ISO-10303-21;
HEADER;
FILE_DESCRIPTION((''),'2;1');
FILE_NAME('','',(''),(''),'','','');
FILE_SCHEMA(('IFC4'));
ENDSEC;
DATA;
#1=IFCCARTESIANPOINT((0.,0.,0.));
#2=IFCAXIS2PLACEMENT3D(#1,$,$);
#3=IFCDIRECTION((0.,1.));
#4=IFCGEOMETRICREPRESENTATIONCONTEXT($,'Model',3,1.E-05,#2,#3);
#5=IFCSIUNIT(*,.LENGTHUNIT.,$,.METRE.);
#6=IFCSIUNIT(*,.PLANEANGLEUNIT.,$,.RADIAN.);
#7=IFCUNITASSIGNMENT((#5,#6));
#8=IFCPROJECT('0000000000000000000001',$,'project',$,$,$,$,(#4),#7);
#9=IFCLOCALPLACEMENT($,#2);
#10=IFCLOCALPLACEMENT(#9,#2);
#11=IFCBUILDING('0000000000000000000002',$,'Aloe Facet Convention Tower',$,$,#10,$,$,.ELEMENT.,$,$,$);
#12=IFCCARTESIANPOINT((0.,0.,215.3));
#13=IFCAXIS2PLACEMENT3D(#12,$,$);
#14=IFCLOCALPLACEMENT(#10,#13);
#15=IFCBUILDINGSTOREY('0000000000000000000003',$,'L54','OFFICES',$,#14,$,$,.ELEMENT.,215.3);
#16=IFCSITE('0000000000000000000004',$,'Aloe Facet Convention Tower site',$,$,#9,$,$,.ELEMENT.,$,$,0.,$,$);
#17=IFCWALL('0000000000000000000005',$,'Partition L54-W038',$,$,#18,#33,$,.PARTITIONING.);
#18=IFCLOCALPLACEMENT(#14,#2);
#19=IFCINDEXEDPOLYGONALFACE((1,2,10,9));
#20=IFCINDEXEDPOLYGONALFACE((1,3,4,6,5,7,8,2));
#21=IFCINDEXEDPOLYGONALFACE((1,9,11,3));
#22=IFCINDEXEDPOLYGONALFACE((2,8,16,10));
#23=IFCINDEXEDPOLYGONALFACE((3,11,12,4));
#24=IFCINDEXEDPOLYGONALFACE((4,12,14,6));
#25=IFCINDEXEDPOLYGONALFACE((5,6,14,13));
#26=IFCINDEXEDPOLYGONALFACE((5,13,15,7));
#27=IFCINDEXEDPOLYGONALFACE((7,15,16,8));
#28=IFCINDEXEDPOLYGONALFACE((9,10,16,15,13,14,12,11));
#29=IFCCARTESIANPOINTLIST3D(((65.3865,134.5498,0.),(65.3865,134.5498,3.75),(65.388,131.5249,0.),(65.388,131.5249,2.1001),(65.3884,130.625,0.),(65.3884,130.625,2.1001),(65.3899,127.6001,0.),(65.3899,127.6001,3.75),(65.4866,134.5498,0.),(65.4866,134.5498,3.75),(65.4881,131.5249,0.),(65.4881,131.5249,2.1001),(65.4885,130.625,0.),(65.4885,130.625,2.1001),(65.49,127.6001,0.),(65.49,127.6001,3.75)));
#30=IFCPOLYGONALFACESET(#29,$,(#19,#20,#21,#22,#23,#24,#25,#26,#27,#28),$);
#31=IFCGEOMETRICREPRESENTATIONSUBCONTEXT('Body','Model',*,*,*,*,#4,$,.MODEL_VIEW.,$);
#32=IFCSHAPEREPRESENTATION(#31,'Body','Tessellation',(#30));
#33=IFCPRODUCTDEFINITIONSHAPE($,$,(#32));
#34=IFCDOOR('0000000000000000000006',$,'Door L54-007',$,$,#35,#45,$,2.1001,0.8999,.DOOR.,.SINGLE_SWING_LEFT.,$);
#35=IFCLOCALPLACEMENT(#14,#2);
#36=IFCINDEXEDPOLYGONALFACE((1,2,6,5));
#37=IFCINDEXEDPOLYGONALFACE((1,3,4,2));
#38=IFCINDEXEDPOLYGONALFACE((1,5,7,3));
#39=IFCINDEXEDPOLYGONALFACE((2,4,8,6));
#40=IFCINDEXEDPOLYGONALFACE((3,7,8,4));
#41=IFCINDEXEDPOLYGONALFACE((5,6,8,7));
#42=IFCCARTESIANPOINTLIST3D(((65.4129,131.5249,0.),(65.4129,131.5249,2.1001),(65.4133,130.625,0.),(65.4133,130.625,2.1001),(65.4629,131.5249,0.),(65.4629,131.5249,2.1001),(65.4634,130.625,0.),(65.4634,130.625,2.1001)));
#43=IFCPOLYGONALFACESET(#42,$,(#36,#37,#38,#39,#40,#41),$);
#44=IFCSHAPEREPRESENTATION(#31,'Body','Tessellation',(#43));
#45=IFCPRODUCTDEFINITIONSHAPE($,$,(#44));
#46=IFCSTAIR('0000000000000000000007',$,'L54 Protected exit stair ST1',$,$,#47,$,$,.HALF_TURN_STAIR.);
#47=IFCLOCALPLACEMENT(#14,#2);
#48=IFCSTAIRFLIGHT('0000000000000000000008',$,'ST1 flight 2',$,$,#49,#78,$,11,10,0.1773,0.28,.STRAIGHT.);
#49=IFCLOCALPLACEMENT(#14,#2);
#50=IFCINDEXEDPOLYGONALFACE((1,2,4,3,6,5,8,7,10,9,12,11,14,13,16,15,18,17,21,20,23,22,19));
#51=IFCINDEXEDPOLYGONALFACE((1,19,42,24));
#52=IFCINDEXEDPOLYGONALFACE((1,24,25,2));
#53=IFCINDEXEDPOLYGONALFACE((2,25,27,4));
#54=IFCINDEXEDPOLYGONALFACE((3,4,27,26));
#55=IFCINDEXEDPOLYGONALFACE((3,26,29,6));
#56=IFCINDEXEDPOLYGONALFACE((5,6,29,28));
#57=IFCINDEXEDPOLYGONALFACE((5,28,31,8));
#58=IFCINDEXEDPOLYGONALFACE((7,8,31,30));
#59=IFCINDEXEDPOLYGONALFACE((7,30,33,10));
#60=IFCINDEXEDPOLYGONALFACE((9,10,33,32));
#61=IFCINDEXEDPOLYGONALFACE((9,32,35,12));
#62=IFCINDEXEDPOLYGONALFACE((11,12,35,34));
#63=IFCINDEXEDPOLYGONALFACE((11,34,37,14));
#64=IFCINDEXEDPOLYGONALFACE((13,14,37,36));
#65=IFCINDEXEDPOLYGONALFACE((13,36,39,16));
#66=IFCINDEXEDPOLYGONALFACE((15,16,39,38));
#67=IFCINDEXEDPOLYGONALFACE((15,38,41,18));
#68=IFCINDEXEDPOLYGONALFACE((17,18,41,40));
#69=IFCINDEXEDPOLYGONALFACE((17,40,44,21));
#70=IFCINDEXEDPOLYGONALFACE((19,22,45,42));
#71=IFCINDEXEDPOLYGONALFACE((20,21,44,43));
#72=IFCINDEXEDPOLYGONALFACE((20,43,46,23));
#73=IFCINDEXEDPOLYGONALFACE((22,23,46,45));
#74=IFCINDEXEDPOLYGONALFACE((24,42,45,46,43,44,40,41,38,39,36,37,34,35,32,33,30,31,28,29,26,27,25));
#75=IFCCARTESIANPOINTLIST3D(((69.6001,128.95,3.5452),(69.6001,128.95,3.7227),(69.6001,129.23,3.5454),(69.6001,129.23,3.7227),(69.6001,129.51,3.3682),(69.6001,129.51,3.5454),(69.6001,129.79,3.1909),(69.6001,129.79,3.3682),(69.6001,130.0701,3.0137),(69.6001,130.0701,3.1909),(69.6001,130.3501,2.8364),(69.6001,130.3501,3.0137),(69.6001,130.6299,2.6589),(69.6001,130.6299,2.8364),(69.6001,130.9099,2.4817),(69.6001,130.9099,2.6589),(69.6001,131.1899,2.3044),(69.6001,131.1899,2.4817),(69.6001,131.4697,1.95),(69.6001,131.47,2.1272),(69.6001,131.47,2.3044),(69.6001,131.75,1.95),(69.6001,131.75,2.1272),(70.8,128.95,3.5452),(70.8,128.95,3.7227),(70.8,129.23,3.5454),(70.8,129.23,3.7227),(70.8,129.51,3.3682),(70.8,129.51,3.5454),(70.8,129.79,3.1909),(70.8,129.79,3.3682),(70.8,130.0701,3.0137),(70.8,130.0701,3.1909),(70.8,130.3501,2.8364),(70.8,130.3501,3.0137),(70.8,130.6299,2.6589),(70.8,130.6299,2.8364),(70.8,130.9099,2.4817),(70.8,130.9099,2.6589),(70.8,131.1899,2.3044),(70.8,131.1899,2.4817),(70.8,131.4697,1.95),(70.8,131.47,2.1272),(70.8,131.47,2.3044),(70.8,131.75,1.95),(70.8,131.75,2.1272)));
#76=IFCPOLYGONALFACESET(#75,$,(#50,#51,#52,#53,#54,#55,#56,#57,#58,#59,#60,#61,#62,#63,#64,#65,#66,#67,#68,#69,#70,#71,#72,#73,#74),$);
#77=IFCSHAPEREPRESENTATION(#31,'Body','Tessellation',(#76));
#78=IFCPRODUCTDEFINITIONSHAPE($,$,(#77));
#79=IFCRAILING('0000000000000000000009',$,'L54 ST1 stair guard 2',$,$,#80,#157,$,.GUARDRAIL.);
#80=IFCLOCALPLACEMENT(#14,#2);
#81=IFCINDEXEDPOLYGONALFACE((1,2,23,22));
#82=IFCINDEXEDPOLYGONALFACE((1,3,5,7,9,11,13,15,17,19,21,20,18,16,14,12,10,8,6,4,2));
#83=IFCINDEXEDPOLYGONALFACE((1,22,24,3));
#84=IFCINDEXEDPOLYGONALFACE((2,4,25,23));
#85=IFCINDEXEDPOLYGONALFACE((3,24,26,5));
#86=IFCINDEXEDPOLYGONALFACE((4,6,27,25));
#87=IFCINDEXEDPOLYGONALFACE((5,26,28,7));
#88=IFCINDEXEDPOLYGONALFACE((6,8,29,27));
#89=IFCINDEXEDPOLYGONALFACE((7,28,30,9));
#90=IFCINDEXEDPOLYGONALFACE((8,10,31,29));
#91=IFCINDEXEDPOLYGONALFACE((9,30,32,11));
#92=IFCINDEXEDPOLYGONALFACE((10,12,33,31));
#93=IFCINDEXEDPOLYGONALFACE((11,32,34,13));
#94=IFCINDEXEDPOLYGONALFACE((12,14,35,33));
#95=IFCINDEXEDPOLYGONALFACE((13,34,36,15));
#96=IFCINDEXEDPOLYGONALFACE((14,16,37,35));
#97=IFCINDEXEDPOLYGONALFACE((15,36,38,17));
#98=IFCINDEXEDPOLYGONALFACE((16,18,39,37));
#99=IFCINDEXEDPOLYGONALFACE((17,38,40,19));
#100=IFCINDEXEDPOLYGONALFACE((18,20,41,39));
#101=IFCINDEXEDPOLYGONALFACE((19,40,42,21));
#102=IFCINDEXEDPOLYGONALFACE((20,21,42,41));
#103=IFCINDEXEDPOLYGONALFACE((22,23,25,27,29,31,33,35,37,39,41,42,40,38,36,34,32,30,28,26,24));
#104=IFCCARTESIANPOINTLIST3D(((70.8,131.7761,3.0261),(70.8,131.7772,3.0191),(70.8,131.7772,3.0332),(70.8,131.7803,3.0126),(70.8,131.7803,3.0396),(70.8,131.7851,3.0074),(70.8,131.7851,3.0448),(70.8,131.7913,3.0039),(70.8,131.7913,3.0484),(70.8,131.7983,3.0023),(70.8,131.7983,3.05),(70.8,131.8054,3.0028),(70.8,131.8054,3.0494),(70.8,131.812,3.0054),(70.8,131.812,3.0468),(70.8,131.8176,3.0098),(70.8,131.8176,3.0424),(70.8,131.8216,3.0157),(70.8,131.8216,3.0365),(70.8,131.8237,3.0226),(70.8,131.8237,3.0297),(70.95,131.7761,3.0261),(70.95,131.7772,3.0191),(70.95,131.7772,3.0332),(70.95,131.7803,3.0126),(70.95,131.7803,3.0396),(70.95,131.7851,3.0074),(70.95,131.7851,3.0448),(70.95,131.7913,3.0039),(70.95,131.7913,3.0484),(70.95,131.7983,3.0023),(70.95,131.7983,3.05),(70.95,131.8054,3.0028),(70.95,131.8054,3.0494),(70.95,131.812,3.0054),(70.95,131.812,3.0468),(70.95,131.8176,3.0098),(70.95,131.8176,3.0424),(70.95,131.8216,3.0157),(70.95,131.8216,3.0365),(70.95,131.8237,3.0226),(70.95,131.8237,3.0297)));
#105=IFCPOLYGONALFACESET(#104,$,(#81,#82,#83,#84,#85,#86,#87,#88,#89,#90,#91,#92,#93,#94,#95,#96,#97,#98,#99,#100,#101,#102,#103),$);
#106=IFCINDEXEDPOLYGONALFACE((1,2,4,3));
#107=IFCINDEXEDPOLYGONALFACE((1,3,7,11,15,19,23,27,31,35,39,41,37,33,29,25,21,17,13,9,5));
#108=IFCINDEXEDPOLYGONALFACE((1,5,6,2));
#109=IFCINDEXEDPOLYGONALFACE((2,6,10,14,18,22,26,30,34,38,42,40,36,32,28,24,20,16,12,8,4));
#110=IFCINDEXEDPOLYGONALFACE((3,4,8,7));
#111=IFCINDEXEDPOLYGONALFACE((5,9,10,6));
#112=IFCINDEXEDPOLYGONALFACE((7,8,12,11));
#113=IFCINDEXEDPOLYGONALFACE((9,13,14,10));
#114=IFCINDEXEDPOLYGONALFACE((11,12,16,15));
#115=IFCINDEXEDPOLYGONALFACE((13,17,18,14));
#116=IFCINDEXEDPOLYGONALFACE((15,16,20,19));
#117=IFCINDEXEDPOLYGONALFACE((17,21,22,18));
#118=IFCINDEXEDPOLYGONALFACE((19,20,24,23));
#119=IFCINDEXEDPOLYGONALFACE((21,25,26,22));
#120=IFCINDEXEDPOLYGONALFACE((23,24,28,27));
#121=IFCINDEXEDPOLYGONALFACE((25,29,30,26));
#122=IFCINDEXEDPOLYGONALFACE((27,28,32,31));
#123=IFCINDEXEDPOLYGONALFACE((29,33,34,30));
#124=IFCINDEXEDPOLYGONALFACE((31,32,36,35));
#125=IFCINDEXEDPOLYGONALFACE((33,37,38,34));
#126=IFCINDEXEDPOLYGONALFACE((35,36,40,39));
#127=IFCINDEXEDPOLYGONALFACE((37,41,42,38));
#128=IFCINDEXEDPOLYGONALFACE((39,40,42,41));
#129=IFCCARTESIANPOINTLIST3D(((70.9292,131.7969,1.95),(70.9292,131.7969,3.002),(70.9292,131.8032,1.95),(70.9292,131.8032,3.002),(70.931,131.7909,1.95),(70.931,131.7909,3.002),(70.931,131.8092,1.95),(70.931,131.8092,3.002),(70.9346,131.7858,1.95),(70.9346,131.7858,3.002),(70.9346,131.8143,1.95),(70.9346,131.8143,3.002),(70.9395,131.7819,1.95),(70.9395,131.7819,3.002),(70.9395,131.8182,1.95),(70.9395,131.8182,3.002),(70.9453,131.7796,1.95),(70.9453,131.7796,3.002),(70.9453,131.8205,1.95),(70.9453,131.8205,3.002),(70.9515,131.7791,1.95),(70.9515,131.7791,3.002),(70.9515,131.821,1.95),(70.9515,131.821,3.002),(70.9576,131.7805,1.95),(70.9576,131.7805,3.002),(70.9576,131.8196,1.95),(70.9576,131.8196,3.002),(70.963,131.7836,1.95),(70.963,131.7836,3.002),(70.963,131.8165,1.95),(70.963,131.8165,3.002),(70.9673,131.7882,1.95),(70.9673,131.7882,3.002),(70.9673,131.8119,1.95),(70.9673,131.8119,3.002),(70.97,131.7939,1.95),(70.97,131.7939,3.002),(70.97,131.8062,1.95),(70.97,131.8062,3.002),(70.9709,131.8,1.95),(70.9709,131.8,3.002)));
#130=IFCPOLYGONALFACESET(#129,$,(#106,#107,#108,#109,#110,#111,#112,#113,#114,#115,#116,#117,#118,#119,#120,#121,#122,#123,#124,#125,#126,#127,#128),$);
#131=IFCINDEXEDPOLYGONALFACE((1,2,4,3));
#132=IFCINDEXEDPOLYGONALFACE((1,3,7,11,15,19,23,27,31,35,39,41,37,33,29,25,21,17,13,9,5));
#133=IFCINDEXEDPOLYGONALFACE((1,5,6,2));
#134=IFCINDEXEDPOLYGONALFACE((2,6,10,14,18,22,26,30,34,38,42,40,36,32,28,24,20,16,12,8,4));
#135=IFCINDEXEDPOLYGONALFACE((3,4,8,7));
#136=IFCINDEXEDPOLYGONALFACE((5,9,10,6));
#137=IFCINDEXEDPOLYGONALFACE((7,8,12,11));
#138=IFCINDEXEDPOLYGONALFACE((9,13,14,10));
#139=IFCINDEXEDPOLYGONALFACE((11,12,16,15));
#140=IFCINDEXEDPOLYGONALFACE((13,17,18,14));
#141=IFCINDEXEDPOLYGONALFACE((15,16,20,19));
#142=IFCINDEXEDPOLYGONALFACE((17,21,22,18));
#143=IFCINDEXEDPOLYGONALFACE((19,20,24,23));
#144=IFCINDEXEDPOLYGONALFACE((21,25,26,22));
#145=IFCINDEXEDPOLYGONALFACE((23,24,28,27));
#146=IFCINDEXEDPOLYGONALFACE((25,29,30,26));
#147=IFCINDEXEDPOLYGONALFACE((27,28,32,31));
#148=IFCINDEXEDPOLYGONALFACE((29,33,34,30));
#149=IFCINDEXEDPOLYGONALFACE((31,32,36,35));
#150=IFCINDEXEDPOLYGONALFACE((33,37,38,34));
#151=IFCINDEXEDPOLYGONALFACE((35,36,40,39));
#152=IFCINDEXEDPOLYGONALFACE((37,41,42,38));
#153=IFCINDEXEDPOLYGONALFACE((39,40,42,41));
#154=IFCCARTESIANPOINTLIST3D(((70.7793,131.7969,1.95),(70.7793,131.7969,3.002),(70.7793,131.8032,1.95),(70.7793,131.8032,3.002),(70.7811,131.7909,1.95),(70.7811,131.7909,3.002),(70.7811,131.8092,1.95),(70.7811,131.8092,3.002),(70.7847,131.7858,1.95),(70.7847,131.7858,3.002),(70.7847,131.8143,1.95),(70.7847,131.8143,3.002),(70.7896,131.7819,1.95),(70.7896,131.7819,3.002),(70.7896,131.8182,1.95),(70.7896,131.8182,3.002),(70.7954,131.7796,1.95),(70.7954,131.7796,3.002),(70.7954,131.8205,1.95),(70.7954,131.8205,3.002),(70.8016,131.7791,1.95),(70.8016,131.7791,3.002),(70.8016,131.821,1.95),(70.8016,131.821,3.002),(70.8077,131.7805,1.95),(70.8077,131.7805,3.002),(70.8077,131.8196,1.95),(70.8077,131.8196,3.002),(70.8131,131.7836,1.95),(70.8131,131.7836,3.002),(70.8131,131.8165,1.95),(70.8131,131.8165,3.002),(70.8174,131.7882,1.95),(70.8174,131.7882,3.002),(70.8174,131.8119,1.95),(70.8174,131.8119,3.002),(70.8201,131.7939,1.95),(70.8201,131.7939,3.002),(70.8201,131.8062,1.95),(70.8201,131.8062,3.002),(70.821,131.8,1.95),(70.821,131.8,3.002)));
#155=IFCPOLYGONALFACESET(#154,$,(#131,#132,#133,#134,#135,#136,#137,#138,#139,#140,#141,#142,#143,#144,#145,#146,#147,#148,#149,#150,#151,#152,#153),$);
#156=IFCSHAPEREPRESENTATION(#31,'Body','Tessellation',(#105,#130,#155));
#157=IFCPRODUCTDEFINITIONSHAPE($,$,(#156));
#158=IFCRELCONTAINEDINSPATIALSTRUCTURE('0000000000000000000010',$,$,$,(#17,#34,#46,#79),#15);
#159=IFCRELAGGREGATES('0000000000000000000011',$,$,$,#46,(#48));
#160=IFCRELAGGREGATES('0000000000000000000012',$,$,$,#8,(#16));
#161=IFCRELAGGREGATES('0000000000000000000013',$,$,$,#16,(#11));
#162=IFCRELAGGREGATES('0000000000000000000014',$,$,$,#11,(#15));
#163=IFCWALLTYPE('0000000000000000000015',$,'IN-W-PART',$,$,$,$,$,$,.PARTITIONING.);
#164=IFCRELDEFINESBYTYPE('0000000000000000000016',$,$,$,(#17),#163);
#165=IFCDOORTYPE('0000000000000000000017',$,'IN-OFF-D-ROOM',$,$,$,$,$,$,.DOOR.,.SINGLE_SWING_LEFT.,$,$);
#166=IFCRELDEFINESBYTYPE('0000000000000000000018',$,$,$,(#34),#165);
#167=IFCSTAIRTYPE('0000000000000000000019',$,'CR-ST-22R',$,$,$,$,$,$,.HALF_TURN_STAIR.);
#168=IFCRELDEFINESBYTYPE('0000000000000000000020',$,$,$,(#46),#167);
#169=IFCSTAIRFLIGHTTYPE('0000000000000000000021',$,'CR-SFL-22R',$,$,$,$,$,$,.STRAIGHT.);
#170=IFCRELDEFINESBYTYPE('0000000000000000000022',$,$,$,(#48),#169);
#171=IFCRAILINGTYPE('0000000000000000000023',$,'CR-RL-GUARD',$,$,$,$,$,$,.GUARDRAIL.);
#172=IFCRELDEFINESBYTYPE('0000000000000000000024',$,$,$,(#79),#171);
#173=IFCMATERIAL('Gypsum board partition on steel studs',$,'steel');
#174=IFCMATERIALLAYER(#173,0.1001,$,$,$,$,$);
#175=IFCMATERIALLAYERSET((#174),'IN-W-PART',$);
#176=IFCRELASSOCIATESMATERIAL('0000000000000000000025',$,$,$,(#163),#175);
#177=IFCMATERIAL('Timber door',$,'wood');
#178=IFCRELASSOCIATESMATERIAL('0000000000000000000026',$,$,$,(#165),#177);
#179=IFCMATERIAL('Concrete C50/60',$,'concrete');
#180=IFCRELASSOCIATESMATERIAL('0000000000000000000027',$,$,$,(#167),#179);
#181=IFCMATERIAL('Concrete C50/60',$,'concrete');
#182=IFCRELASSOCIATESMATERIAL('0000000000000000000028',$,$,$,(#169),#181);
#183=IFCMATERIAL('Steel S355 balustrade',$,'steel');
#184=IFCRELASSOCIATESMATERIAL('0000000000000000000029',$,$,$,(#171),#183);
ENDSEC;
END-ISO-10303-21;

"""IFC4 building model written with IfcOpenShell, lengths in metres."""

from ifc_helpers import new_model, si_unit, direction, frame, frame_2d, origin, origin_2d, place, context, subcontext, project, spatial, polyline, rectangle, circle, outline, extrude, material, layer, layer_set, type_object, element, fill, aggregate, save


model = new_model("IFC4")

# Units and contexts
model_context = context("Model", 3, precision=1e-05, world=origin(), true_north=direction((0.0, 1.0)))
body_context = subcontext(model_context, "Body", "Model", "MODEL_VIEW")
ifc_project = project(units=[si_unit("LENGTHUNIT", "METRE"), si_unit("PLANEANGLEUNIT", "RADIAN")], contexts=[model_context])

# Site, building, storey
site_placement = place(None, origin())
site = spatial("IfcSite", under=ifc_project, at=site_placement, Name="Aloe Facet Convention Tower site", CompositionType="ELEMENT", RefElevation=0.0)
building_placement = place(site_placement, origin())
building = spatial("IfcBuilding", under=site, at=building_placement, Name="Aloe Facet Convention Tower", CompositionType="ELEMENT")
storey_placement = place(building_placement, frame((0.0, 0.0, 215.3)))
storey = spatial("IfcBuildingStorey", under=building, at=storey_placement, Name="L54", Description="OFFICES", CompositionType="ELEMENT", Elevation=215.3)

# Wall, opening, door
ifc_material_1 = material(Name="Gypsum board partition on steel studs", Category="steel")
ifc_layer_1 = layer(ifc_material_1, 0.1001)
ifc_layer_set_1 = layer_set([ifc_layer_1], Name="IN-W-PART")
wall_type_1 = type_object("IfcWallType", Name="IN-W-PART", PredefinedType="PARTITIONING", material=ifc_layer_set_1)
wall_1_placement = place(storey_placement, frame((65.4365, 134.5498, 0.0), z_axis=(0.0, 0.0, 1.0), x_axis=(0.000492, -1.0, 0.0)))
wall_1 = element("IfcWall", 1, at=wall_1_placement, inside=storey, type_object=wall_type_1, Name="Partition L54-W038", PredefinedType="PARTITIONING", context=body_context, shape_type="SweptSolid", body=[
    extrude(rectangle(XDim=6.9497, YDim=0.1001, at=frame_2d((3.4749, 0.0))), origin(), (0.0, 0.0, 1.0), 3.75),
])
opening_1_placement = place(wall_1_placement, frame((3.0249, 0.0, 0.0)))
opening_1 = element("IfcOpeningElement", 2, at=opening_1_placement, cuts=wall_1, PredefinedType="OPENING", context=body_context, shape_type="SweptSolid", body=[
    extrude(rectangle(XDim=0.8999, YDim=2.1001, at=frame_2d((0.45, 1.05))), frame((0.0, 0.0601, 0.0), z_axis=(0.0, -1.0, 0.0), x_axis=(1.0, 0.0, 0.0)), (0.0, 0.0, 1.0), 0.1201),
])
ifc_material_2 = material(Name="Timber door", Category="wood")
door_type = type_object("IfcDoorType", Name="IN-OFF-D-ROOM", OperationType="SINGLE_SWING_LEFT", PredefinedType="DOOR", material=ifc_material_2)
door_placement = place(opening_1_placement, origin())
door = element("IfcDoor", 3, at=door_placement, inside=storey, type_object=door_type, Name="Door L54-007", OperationType="SINGLE_SWING_LEFT", OverallHeight=2.1001, OverallWidth=0.8999, PredefinedType="DOOR", context=body_context, shape_type="SweptSolid", body=[
    extrude(rectangle(XDim=0.8999, YDim=2.1001, at=frame_2d((0.45, 1.05))), frame((0.0, 0.0249, 0.0), z_axis=(0.0, -1.0, 0.0), x_axis=(1.0, 0.0, 0.0)), (0.0, 0.0, 1.0), 0.05),
])
fill(opening_1, door)

# Stair, stair flight
ifc_material_3 = material(Name="Concrete C50/60", Category="concrete")
stair_type = type_object("IfcStairType", Name="CR-ST-22R", PredefinedType="HALF_TURN_STAIR", material=ifc_material_3)
stair_placement = place(storey_placement, origin())
stair = element("IfcStair", 4, at=stair_placement, inside=storey, type_object=stair_type, Name="L54 Protected exit stair ST1", PredefinedType="HALF_TURN_STAIR")
ifc_material_4 = material(Name="Concrete C50/60", Category="concrete")
stair_flight_type = type_object("IfcStairFlightType", Name="CR-SFL-22R", PredefinedType="STRAIGHT", material=ifc_material_4)
stair_flight_placement = place(storey_placement, frame((70.2, 131.75, 1.95), z_axis=(0.0, 0.0, 1.0), x_axis=(0.0, -1.0, 0.0)))
stair_flight = element("IfcStairFlight", 5, at=stair_flight_placement, type_object=stair_flight_type, Name="ST1 flight 2", NumberOfRisers=11, NumberOfTreads=10, PredefinedType="STRAIGHT", RiserHeight=0.1773, TreadLength=0.28, context=body_context, shape_type="SweptSolid", body=[
    extrude(outline(polyline([(0.0, 0.0), (0.0, 0.1772), (0.28, 0.1772), (0.28, 0.3545), (0.5601, 0.3545), (0.5601, 0.5317), (0.8401, 0.5317), (0.8401, 0.709), (1.1201, 0.709), (1.1201, 0.8865), (1.3999, 0.8865), (1.3999, 1.0637), (1.6799, 1.0637), (1.6799, 1.241), (1.96, 1.241), (1.96, 1.4182), (2.24, 1.4182), (2.24, 1.5955), (2.52, 1.5955), (2.52, 1.7727), (2.8, 1.7727), (2.8, 1.95), (2.8, 1.5952), (0.2803, 0.0), (0.0, 0.0)])), frame((0.0, 0.6001, 0.0), z_axis=(0.0, -1.0, 0.0), x_axis=(1.0, 0.0, 0.0)), (0.0, 0.0, 1.0), 1.2),
])
aggregate(stair, [stair_flight])

# Railing
ifc_material_5 = material(Name="Steel S355 balustrade", Category="steel")
railing_type_1 = type_object("IfcRailingType", Name="CR-RL-GUARD", PredefinedType="GUARDRAIL", material=ifc_material_5)
railing_1_placement = place(storey_placement, frame((70.95, 131.8, 1.95)))
element("IfcRailing", 6, at=railing_1_placement, inside=storey, type_object=railing_type_1, Name="L54 ST1 stair guard 2", PredefinedType="GUARDRAIL", context=body_context, shape_type="SweptSolid", body=[
    extrude(circle(Radius=0.0239, at=origin_2d()), frame((0.0, 0.0, 1.0762), z_axis=(-1.0, 0.0, 0.0), x_axis=(0.0, -1.0, 0.0)), (0.0, 0.0, 1.0), 0.1499),
    extrude(circle(Radius=0.021, at=origin_2d()), origin(), (0.0, 0.0, 1.0), 1.052),
    extrude(circle(Radius=0.021, at=origin_2d()), frame((-0.1499, 0.0, 0.0)), (0.0, 0.0, 1.0), 1.052),
])

save(model, "model.ifc")
